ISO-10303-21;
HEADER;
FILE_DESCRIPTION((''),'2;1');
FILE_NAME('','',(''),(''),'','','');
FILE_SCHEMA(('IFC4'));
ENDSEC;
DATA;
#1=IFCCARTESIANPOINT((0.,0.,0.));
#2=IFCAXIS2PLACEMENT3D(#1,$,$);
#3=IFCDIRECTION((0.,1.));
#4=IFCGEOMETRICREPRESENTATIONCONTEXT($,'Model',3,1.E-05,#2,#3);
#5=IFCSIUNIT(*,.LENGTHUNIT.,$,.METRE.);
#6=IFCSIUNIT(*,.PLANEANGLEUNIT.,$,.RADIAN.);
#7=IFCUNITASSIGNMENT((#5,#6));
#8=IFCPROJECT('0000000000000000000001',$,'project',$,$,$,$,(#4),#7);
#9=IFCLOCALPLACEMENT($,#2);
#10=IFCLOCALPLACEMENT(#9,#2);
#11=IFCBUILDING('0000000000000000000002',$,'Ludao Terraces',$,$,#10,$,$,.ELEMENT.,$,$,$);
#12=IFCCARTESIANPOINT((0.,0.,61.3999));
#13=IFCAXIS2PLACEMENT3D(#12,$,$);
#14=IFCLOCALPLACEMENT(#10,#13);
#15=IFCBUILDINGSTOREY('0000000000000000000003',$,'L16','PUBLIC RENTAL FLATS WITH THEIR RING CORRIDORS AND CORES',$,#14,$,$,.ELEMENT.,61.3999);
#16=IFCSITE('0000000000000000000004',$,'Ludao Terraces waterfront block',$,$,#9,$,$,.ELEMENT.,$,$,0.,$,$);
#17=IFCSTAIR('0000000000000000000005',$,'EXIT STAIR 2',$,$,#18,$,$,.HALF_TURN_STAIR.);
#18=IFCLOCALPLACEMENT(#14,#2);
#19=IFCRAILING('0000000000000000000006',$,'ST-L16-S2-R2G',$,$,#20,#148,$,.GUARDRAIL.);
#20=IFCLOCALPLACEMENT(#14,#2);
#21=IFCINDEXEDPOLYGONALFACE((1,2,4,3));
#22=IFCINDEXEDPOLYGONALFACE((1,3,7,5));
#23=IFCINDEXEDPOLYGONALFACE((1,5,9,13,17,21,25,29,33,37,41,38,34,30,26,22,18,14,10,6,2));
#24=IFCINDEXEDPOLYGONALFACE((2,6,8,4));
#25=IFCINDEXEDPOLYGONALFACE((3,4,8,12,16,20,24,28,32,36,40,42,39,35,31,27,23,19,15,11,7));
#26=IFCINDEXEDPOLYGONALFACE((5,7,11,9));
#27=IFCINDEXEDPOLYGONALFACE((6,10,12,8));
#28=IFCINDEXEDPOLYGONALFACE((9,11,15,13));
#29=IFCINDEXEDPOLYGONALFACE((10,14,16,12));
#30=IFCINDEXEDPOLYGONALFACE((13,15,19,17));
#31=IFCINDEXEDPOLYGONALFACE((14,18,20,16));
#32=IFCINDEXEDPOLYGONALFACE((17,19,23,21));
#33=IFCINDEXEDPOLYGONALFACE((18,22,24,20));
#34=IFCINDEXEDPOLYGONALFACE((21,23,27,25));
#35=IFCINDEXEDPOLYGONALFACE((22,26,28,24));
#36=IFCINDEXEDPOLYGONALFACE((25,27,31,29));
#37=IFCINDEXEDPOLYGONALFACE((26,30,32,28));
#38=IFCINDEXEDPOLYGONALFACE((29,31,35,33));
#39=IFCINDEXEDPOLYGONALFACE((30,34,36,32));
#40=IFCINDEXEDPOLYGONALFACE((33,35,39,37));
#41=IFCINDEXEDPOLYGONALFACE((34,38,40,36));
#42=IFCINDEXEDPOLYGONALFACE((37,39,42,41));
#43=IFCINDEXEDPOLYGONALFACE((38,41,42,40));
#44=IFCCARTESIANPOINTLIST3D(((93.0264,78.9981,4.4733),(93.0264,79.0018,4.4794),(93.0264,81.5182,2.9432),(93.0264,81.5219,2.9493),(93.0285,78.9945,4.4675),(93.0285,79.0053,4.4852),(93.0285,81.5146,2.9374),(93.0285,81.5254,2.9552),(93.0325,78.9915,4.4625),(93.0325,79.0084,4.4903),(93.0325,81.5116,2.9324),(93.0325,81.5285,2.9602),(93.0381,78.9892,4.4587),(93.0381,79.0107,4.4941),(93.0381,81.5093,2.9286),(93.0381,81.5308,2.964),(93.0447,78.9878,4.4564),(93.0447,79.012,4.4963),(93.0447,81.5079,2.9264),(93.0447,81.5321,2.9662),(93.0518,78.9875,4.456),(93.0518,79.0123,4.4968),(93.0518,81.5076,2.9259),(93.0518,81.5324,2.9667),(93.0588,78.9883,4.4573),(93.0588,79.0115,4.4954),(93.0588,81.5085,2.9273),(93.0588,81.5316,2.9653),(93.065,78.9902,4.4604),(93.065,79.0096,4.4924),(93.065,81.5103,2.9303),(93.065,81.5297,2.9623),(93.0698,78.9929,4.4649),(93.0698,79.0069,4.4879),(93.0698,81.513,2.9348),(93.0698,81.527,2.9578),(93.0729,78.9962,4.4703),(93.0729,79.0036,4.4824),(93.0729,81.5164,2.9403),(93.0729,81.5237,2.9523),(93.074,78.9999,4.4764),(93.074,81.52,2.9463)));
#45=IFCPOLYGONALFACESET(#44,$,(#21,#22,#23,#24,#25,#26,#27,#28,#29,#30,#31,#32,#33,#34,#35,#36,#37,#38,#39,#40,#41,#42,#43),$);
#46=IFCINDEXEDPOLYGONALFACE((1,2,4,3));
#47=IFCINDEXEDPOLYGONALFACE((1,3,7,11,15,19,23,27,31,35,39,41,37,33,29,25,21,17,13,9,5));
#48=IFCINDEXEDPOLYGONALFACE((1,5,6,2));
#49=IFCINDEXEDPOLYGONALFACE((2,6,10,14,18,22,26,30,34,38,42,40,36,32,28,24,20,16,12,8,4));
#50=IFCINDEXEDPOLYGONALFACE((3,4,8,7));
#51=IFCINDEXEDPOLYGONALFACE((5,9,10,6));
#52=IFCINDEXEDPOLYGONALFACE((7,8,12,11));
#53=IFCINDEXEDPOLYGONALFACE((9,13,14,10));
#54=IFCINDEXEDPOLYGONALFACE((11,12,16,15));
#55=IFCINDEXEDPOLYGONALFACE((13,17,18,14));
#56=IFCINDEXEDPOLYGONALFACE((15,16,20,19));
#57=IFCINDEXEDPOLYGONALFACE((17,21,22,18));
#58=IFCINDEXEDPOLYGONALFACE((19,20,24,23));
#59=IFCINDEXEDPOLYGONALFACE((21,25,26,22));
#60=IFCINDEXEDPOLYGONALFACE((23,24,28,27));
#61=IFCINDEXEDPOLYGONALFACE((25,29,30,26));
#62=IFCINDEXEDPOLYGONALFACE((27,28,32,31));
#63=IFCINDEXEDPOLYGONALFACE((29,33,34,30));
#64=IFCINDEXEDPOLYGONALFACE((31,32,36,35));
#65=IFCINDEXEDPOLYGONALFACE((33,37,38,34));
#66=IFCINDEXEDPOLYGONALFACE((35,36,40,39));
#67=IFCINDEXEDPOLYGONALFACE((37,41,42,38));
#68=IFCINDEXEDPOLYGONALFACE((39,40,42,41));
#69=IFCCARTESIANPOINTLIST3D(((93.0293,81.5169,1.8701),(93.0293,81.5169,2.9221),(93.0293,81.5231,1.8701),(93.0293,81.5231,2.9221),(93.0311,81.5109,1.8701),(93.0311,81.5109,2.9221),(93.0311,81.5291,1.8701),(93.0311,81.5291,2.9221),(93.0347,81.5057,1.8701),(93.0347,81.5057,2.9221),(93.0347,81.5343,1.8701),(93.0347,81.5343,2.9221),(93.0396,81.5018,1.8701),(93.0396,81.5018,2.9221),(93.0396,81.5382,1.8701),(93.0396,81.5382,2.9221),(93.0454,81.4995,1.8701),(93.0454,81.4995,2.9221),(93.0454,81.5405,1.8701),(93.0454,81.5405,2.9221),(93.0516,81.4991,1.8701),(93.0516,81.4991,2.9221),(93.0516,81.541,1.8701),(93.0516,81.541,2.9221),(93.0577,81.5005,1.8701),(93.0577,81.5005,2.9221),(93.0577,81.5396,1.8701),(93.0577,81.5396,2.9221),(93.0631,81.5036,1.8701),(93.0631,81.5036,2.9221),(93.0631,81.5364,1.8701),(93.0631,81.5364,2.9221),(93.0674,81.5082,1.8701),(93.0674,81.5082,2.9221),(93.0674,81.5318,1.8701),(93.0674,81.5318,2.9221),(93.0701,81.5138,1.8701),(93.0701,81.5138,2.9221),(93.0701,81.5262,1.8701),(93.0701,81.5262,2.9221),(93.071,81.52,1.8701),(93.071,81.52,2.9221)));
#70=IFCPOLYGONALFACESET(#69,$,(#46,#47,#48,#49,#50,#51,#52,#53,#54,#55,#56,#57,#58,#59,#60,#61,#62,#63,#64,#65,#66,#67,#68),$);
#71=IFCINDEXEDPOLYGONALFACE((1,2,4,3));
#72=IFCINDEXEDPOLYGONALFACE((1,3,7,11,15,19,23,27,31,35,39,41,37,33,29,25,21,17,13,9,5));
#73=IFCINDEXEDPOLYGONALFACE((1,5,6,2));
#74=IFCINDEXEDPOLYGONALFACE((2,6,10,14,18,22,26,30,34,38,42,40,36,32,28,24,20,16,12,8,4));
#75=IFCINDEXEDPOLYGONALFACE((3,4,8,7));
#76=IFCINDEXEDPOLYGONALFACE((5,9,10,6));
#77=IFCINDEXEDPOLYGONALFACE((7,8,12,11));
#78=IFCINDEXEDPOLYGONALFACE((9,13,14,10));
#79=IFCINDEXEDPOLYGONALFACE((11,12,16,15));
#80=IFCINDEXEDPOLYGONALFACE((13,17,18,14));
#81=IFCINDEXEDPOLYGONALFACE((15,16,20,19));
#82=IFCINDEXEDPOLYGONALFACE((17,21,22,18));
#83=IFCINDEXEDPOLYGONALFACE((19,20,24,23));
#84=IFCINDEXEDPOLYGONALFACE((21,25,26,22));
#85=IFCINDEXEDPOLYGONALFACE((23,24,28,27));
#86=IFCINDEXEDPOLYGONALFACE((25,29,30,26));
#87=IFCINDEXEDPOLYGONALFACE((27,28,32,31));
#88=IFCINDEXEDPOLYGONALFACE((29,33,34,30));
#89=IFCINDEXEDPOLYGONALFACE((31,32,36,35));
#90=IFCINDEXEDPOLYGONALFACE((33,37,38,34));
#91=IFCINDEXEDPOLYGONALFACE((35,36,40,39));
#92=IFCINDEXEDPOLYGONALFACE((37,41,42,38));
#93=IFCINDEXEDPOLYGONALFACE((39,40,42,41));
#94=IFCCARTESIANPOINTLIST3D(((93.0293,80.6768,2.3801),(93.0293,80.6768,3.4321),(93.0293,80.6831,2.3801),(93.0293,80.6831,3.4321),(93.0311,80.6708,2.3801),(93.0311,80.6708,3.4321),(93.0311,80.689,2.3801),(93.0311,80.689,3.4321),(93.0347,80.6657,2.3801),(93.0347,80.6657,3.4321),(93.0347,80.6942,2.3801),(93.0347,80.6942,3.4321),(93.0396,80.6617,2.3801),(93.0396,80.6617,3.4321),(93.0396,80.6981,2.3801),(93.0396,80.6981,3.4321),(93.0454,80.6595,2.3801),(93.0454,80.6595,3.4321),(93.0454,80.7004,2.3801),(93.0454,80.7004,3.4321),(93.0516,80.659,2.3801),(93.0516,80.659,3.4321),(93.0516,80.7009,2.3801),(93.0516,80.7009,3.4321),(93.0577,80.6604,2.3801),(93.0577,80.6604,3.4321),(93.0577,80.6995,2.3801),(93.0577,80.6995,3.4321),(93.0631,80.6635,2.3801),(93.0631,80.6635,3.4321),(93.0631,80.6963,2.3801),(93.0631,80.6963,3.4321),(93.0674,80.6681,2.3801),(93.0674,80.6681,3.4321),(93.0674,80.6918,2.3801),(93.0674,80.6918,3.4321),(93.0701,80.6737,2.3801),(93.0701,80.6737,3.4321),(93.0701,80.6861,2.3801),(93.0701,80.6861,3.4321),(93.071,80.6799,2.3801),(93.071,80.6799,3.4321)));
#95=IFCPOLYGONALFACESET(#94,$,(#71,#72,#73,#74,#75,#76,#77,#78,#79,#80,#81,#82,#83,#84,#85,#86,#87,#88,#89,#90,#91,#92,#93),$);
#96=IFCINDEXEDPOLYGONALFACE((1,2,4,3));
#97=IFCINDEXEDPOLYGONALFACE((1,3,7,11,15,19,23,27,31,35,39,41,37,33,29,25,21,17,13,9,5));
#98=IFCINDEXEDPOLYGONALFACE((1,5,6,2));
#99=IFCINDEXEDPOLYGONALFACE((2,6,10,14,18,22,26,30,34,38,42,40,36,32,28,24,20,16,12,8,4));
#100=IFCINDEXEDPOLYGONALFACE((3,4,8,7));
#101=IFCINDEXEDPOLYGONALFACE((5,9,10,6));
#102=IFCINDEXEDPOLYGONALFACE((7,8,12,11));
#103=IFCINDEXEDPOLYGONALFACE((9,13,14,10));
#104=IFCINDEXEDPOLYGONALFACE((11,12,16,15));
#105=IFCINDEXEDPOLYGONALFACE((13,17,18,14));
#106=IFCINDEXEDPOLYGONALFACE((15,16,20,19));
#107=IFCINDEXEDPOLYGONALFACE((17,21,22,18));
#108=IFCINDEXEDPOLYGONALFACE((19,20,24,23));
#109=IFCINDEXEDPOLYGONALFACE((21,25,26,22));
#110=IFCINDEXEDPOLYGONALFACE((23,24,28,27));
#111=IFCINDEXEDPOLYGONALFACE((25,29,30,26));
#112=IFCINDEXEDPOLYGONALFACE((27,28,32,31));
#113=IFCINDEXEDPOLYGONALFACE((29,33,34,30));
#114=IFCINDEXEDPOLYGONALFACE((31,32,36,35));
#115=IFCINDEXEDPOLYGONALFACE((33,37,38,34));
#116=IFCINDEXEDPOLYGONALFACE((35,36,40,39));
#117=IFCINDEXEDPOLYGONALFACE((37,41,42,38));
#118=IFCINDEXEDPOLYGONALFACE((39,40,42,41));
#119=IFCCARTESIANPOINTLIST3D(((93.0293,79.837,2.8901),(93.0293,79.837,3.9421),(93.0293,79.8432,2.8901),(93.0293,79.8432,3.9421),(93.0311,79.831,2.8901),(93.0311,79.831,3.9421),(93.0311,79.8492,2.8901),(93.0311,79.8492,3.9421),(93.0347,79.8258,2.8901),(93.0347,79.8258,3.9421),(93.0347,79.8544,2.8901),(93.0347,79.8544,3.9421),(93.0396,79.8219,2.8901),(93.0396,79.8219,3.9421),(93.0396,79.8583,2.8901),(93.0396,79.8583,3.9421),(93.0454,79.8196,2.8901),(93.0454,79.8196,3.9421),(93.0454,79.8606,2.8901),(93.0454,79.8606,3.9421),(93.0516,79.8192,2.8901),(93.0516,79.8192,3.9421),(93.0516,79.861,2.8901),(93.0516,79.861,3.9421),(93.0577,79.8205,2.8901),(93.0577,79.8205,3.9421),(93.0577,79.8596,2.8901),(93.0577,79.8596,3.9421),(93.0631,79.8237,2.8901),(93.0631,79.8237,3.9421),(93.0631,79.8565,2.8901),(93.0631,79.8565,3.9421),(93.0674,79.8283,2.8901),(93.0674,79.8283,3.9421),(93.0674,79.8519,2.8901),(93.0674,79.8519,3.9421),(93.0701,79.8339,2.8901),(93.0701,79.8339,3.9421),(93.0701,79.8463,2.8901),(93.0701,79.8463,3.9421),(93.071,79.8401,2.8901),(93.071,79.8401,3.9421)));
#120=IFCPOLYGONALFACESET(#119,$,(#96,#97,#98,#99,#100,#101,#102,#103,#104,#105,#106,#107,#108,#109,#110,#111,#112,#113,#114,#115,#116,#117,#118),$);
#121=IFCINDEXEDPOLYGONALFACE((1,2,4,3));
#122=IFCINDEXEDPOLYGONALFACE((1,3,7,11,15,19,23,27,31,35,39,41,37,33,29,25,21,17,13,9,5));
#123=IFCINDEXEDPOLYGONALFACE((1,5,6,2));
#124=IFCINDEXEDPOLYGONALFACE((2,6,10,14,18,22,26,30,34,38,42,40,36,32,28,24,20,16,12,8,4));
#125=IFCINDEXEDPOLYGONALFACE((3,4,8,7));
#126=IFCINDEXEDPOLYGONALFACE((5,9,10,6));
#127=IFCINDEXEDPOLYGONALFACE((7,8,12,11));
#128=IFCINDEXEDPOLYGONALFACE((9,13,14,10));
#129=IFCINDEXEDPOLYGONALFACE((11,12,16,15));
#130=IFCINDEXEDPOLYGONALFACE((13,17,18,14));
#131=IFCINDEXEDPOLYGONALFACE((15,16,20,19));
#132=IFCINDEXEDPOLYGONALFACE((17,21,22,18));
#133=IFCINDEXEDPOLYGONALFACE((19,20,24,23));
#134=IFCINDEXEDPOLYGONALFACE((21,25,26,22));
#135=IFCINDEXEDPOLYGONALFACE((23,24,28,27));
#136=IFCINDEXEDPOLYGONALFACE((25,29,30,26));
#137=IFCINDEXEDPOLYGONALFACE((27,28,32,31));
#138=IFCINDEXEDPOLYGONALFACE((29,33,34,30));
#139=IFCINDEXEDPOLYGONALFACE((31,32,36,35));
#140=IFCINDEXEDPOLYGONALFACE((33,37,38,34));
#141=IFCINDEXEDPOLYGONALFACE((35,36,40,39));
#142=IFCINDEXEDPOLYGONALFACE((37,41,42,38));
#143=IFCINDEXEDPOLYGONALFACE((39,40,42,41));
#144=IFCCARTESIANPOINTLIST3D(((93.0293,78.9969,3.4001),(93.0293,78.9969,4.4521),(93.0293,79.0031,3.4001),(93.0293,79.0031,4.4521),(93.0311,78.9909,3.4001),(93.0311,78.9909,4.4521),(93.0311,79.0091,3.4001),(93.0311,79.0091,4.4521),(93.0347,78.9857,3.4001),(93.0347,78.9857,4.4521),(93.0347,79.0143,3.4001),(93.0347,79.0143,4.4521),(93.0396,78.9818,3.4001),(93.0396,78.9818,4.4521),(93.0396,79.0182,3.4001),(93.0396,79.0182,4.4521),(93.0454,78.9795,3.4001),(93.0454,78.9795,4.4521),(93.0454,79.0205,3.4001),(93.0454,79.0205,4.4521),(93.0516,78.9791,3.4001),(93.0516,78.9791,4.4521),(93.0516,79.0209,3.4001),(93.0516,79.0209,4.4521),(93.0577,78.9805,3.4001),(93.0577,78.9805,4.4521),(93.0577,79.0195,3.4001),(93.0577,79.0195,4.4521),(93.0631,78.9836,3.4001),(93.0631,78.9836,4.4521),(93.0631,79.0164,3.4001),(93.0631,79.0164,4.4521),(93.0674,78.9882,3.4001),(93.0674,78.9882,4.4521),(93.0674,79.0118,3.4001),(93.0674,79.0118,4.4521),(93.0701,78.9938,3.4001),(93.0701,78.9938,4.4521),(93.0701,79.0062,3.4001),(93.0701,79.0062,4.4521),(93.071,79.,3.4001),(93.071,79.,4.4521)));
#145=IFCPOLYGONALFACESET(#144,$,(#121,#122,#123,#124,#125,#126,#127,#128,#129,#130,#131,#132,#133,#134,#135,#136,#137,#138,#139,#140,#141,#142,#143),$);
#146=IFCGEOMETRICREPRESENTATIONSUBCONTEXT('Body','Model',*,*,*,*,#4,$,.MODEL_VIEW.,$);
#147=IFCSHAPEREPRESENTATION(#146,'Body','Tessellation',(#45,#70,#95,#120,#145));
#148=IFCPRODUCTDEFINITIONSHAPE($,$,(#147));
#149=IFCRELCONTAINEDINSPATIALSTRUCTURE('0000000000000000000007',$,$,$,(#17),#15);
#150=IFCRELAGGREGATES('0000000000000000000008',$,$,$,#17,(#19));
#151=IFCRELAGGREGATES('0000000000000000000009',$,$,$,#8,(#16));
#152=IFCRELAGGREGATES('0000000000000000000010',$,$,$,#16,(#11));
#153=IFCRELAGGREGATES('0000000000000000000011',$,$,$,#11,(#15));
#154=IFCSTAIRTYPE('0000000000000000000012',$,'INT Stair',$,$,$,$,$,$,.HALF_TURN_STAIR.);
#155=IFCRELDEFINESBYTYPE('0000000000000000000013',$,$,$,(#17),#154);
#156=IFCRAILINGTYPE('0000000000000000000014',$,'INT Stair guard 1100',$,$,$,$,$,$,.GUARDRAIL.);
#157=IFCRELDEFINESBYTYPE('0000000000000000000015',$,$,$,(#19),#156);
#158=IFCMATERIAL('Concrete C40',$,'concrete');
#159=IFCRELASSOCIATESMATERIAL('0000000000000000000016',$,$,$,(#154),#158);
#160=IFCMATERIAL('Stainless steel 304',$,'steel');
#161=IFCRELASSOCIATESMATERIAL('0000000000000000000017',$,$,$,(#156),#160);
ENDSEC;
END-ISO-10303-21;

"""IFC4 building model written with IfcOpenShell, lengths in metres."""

from ifc_helpers import new_model, si_unit, direction, frame, origin, origin_2d, place, context, subcontext, project, spatial, circle, extrude, material, type_object, element, aggregate, save


model = new_model("IFC4")

# Units and contexts
model_context = context("Model", 3, precision=1e-05, world=origin(), true_north=direction((0.0, 1.0)))
body_context = subcontext(model_context, "Body", "Model", "MODEL_VIEW")
ifc_project = project(units=[si_unit("LENGTHUNIT", "METRE"), si_unit("PLANEANGLEUNIT", "RADIAN")], contexts=[model_context])

# Site, building, storey
site_placement = place(None, origin())
site = spatial("IfcSite", under=ifc_project, at=site_placement, Name="Ludao Terraces waterfront block", CompositionType="ELEMENT", RefElevation=0.0)
building_placement = place(site_placement, origin())
building = spatial("IfcBuilding", under=site, at=building_placement, Name="Ludao Terraces", CompositionType="ELEMENT")
storey_placement = place(building_placement, frame((0.0, 0.0, 61.3999)))
storey = spatial("IfcBuildingStorey", under=building, at=storey_placement, Name="L16", Description="PUBLIC RENTAL FLATS WITH THEIR RING CORRIDORS AND CORES", CompositionType="ELEMENT", Elevation=61.3999)

# Shared definitions
ifc_material_1 = material(Name="Concrete C40", Category="concrete")

# Shared definitions
ifc_material_2 = material(Name="Stainless steel 304", Category="steel")

# Stair, railing
stair_type = type_object("IfcStairType", Name="INT Stair", PredefinedType="HALF_TURN_STAIR", material=ifc_material_1)
stair_placement = place(storey_placement, origin())
stair = element("IfcStair", 1, at=stair_placement, inside=storey, type_object=stair_type, Name="EXIT STAIR 2", PredefinedType="HALF_TURN_STAIR")
railing_type_1 = type_object("IfcRailingType", Name="INT Stair guard 1100", PredefinedType="GUARDRAIL", material=ifc_material_2)
railing_1_placement = place(storey_placement, frame((93.05, 81.52, 1.8701)))
railing_1 = element("IfcRailing", 2, at=railing_1_placement, type_object=railing_type_1, Name="ST-L16-S2-R2G", PredefinedType="GUARDRAIL", context=body_context, shape_type="SweptSolid", body=[
    extrude(circle(Radius=0.0239, at=origin_2d()), frame((0.0, 0.0, 1.0762), z_axis=(0.0, -0.854785, 0.518982), x_axis=(1.0, 0.0, 0.0)), (0.0, 0.0, 1.0), 2.9482),
    extrude(circle(Radius=0.021, at=origin_2d()), origin(), (0.0, 0.0, 1.0), 1.052),
    extrude(circle(Radius=0.021, at=origin_2d()), frame((0.0, -0.8401, 0.51)), (0.0, 0.0, 1.0), 1.052),
    extrude(circle(Radius=0.021, at=origin_2d()), frame((0.0, -1.6799, 1.02)), (0.0, 0.0, 1.0), 1.052),
    extrude(circle(Radius=0.021, at=origin_2d()), frame((0.0, -2.52, 1.53)), (0.0, 0.0, 1.0), 1.052),
])
aggregate(stair, [railing_1])

save(model, "model.ifc")
